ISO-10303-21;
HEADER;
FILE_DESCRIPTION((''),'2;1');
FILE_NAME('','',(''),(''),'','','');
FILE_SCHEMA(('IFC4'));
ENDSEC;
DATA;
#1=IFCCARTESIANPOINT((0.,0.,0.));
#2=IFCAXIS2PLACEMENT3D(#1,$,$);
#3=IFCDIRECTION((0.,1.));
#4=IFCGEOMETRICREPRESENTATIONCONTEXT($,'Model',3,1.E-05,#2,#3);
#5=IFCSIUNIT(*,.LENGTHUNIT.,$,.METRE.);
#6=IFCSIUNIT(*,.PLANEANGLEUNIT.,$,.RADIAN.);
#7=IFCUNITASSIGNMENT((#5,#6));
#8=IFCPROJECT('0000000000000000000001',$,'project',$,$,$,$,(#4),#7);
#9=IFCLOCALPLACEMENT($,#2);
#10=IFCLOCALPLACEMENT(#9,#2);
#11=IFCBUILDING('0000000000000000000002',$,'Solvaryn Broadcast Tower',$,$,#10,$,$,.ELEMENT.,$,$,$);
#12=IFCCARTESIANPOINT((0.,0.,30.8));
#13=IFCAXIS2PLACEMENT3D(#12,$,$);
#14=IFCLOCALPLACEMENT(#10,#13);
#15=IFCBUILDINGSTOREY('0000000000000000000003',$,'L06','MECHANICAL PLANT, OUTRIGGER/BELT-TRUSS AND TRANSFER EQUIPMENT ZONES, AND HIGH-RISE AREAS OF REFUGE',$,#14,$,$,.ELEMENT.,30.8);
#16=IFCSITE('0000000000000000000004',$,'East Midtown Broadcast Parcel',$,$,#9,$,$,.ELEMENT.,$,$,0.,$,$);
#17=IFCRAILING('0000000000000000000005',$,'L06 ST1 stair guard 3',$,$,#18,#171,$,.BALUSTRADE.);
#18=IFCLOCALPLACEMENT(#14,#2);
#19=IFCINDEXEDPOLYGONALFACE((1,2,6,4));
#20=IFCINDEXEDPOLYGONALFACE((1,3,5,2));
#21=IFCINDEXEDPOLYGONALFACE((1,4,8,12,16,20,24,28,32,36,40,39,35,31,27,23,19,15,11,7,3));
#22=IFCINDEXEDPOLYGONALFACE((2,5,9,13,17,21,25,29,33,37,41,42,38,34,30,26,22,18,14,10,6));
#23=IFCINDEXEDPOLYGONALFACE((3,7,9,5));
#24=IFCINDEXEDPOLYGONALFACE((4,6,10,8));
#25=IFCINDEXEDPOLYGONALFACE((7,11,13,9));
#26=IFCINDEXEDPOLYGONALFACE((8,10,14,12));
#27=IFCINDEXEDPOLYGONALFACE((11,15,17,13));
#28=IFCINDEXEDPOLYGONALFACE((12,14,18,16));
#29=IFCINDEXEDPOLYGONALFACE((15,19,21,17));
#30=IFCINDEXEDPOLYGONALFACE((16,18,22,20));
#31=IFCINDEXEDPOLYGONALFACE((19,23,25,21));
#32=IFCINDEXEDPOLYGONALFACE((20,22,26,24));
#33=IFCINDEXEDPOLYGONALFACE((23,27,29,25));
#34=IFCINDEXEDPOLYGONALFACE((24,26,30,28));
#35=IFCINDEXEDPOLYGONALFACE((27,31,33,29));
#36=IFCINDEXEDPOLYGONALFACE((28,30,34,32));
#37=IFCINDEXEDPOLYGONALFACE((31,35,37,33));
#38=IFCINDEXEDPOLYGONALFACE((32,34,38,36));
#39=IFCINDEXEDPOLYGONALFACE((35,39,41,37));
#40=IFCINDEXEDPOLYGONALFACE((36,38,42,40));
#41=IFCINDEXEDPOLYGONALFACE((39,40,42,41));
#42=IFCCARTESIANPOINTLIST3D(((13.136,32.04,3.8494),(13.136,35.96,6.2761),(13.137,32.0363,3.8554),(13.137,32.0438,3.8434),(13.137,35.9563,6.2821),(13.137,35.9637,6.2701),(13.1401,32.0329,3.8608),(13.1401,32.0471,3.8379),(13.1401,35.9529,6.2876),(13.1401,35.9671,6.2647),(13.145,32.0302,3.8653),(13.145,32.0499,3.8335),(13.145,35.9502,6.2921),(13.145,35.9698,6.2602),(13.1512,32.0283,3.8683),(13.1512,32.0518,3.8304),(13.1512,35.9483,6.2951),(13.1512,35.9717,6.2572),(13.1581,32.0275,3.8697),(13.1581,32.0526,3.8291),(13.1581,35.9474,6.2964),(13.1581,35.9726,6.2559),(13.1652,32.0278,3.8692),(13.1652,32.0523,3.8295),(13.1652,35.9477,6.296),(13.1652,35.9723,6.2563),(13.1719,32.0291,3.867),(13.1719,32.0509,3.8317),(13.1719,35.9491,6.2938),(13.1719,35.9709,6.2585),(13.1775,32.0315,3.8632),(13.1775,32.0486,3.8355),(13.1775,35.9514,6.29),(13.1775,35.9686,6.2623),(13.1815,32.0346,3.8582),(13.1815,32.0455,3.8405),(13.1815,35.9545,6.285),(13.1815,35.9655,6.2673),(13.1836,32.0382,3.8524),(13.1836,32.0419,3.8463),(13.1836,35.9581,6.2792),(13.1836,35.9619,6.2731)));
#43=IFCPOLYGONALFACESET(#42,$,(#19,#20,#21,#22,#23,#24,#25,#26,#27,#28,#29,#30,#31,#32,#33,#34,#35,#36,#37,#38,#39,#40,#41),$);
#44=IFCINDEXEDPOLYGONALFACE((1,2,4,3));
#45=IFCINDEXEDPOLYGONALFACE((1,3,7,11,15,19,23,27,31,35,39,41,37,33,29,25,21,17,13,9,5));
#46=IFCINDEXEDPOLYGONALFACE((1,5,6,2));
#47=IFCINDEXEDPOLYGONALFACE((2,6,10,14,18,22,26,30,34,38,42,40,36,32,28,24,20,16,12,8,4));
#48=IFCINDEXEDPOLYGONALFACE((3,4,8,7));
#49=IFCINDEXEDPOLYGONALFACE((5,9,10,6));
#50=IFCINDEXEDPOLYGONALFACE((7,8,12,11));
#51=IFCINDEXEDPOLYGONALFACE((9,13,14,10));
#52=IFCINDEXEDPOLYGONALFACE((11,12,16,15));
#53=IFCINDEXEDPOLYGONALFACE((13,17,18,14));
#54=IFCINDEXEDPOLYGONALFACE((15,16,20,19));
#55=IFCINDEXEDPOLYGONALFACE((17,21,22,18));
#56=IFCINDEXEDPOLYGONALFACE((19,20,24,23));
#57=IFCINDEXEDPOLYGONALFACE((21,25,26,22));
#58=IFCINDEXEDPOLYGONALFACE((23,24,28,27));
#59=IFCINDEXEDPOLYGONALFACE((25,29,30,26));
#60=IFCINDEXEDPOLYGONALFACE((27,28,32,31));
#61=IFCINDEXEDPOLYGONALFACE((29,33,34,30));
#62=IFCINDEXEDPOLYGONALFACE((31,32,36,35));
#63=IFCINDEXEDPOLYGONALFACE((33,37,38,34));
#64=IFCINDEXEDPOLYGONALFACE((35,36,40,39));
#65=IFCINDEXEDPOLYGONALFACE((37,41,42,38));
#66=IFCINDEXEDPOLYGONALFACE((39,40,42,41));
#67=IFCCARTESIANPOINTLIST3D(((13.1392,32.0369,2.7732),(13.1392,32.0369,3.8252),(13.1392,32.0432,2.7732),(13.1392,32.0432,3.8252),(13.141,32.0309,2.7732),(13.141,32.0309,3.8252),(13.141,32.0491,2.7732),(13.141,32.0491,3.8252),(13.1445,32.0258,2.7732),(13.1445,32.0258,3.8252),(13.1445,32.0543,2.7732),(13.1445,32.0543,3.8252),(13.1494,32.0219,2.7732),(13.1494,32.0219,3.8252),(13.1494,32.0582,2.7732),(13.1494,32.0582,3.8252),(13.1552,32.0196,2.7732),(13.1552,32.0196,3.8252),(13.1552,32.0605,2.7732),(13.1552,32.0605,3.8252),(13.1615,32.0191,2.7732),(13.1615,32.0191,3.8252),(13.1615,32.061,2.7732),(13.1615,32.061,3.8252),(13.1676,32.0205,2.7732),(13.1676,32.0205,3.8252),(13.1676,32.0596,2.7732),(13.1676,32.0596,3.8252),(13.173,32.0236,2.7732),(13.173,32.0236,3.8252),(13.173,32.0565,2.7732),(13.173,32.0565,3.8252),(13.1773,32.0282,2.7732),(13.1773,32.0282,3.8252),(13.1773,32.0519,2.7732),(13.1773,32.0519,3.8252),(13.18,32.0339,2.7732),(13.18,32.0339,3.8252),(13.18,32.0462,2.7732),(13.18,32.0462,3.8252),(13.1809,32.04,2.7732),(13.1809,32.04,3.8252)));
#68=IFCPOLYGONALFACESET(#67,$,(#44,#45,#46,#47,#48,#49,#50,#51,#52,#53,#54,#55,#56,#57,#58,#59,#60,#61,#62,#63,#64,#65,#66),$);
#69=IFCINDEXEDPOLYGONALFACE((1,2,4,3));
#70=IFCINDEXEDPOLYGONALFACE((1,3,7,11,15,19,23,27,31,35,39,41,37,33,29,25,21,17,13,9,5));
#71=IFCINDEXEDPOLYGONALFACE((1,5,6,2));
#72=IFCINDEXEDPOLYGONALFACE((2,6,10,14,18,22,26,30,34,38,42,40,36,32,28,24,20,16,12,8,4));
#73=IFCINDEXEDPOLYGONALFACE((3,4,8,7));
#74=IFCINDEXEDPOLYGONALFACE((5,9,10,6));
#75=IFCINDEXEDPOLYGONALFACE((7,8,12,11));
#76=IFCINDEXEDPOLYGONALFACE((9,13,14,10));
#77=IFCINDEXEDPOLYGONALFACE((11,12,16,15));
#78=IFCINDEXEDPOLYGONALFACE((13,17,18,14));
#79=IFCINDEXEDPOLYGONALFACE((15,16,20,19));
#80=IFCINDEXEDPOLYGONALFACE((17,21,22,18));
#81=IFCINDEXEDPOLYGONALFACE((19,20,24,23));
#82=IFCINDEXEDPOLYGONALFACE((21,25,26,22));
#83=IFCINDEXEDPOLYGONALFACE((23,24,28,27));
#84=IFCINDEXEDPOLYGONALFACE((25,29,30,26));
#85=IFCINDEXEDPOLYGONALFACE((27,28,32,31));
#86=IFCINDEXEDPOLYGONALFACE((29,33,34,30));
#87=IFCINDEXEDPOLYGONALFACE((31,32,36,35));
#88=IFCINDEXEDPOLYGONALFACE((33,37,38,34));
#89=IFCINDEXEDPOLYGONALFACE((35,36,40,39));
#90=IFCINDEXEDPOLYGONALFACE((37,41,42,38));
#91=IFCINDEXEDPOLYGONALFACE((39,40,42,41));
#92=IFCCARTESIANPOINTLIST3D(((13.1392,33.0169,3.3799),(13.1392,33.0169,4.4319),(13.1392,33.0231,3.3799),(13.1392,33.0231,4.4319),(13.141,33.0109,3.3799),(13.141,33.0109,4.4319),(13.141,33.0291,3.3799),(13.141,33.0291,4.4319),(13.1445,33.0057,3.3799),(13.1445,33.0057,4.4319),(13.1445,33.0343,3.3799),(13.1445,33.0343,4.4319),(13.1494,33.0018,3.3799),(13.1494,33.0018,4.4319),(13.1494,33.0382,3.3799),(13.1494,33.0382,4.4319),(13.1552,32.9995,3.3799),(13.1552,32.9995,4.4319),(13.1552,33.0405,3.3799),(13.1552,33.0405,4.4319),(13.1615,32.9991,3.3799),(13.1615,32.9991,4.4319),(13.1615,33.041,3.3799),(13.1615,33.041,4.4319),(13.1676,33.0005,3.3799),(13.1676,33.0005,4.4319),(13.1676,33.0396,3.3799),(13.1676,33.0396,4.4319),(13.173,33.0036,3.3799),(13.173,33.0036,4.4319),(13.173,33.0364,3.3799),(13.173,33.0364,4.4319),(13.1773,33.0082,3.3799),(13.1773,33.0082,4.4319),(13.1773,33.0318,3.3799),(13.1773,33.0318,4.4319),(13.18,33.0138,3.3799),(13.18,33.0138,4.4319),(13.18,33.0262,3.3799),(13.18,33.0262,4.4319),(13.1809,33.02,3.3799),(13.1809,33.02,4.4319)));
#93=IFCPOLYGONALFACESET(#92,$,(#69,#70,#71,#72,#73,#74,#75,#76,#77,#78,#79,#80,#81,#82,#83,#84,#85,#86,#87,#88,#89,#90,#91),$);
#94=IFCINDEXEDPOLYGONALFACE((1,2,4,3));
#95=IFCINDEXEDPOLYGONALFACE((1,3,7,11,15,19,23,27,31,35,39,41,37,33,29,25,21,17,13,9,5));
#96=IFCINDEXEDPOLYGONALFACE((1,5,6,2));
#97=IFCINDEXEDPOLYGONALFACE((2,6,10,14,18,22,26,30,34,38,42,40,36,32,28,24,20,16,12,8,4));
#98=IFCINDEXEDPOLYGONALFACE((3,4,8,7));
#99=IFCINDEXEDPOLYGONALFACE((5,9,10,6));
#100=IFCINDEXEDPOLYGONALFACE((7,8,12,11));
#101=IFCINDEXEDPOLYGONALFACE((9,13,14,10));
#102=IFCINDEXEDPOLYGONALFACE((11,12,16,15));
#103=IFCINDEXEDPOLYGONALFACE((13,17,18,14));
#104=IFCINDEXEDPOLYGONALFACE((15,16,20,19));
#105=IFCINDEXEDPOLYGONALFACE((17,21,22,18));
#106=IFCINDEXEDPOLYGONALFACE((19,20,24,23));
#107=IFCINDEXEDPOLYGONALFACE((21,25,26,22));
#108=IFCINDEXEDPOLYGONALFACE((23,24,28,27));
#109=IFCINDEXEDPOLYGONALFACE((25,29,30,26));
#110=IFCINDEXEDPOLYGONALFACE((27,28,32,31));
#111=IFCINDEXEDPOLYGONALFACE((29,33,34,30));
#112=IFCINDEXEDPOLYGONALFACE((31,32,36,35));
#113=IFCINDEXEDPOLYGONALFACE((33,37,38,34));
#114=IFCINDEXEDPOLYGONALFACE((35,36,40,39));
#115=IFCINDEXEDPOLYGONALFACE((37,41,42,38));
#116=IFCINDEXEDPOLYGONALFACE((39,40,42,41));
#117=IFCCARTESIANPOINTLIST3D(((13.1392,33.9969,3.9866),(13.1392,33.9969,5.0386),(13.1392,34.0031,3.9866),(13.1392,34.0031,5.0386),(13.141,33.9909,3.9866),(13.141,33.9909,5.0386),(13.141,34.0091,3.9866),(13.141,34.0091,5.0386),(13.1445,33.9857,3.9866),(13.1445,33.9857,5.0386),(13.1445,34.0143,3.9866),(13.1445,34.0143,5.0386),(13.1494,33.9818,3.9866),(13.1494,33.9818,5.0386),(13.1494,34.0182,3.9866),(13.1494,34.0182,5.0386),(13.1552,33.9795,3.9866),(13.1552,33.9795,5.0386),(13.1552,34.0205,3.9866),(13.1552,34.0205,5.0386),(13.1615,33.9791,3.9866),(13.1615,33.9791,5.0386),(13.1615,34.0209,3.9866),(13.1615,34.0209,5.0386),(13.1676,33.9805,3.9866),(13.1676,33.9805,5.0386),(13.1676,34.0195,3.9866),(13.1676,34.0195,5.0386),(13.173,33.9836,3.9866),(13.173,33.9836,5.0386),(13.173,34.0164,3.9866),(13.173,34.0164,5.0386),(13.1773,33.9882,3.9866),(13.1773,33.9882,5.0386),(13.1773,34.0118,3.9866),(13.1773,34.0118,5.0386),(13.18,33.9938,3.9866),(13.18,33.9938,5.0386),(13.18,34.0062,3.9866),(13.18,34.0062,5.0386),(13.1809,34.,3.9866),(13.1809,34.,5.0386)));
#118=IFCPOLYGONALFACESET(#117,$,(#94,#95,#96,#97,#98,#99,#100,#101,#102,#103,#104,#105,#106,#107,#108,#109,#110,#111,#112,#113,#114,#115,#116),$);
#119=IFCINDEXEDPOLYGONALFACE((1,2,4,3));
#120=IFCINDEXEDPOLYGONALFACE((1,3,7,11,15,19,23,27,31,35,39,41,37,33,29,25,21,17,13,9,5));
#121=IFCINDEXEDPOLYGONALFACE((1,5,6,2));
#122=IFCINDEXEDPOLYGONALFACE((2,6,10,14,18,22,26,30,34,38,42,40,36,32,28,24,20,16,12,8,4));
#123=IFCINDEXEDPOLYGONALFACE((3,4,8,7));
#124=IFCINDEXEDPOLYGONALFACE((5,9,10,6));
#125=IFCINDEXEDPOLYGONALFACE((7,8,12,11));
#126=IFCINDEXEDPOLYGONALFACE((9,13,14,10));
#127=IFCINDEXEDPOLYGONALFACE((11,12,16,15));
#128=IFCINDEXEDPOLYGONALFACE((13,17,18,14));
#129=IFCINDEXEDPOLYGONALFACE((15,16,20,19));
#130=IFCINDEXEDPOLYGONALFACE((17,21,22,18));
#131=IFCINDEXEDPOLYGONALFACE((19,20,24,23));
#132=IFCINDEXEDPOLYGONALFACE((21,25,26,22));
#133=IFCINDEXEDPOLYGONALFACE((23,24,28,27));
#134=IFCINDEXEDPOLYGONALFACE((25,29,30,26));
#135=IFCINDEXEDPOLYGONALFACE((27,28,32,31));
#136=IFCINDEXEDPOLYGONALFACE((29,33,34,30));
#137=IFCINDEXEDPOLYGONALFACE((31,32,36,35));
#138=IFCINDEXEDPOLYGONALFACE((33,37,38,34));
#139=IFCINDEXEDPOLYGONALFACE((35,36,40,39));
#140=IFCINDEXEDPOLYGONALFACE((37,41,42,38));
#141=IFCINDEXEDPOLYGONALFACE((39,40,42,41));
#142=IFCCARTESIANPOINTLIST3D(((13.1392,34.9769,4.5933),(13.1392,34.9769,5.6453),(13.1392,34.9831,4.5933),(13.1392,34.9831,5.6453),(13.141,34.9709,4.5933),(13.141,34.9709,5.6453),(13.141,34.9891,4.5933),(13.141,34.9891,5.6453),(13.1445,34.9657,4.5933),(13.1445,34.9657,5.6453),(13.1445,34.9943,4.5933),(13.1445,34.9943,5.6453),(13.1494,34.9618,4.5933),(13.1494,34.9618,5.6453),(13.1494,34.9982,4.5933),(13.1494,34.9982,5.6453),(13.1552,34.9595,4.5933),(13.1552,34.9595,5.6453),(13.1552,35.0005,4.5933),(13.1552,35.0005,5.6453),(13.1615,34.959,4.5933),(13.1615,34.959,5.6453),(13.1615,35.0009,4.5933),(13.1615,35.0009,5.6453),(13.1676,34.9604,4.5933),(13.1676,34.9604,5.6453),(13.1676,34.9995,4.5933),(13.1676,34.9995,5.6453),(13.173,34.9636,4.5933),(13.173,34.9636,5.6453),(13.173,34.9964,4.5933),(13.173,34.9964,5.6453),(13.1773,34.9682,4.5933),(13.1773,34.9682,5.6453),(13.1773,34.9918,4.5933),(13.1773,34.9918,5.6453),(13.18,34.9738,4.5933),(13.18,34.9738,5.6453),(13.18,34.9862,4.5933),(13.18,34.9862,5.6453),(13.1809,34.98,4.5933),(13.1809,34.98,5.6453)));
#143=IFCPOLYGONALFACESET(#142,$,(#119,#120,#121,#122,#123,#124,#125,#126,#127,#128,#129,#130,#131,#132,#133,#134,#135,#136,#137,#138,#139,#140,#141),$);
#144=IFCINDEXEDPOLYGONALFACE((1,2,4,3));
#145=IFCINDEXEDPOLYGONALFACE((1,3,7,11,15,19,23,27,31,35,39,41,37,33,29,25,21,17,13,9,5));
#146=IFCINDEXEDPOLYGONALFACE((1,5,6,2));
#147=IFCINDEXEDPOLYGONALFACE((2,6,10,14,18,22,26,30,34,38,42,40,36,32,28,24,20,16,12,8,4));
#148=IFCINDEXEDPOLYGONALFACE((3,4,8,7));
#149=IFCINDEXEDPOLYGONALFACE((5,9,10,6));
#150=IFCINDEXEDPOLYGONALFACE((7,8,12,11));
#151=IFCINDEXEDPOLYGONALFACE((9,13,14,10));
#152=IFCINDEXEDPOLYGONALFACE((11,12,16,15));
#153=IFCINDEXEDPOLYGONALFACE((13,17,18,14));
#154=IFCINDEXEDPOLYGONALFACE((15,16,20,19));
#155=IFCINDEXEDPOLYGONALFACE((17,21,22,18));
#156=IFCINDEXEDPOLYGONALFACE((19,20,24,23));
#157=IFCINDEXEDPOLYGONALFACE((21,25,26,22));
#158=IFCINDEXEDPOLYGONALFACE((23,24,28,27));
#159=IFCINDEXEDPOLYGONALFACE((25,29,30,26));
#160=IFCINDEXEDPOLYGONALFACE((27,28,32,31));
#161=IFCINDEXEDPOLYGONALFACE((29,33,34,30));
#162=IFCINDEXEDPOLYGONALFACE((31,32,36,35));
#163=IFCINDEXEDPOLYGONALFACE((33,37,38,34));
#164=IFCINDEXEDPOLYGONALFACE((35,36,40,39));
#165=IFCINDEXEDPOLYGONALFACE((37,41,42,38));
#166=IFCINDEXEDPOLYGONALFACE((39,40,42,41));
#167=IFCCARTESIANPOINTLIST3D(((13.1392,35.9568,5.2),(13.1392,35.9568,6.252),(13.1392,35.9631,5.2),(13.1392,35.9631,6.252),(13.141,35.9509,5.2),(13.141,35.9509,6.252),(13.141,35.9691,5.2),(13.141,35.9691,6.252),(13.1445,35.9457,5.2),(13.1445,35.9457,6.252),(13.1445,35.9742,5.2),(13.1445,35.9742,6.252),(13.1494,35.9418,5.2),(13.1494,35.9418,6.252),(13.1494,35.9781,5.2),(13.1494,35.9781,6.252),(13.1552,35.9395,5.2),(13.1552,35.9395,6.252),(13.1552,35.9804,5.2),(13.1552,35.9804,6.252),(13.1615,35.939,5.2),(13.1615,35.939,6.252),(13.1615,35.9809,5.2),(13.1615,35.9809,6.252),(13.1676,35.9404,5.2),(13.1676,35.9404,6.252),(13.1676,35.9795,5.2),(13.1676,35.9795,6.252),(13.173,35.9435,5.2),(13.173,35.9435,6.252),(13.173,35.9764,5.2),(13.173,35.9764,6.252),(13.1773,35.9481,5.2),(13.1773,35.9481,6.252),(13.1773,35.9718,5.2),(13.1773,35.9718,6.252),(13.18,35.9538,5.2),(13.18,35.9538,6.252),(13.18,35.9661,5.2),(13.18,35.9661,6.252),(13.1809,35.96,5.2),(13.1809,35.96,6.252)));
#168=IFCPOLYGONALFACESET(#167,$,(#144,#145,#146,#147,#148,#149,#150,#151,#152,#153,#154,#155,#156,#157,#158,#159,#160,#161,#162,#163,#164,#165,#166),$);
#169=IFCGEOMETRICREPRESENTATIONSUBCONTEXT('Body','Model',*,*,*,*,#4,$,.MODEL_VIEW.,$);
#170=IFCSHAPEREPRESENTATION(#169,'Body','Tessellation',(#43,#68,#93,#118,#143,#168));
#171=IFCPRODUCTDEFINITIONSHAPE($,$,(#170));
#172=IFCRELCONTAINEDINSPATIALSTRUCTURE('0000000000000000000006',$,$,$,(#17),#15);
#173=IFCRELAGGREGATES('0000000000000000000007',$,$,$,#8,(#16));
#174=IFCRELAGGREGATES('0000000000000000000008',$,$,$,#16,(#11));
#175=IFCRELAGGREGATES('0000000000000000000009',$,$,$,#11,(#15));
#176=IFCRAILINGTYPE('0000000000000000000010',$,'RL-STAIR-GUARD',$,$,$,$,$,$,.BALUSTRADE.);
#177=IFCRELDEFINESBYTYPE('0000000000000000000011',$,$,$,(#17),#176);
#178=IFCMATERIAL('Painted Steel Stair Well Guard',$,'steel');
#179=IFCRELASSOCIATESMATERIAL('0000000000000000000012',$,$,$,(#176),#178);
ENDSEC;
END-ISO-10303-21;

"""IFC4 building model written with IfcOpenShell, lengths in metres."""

from ifc_helpers import new_model, si_unit, direction, frame, origin, origin_2d, place, context, subcontext, project, spatial, circle, extrude, material, type_object, element, save


model = new_model("IFC4")

# Units and contexts
model_context = context("Model", 3, precision=1e-05, world=origin(), true_north=direction((0.0, 1.0)))
body_context = subcontext(model_context, "Body", "Model", "MODEL_VIEW")
ifc_project = project(units=[si_unit("LENGTHUNIT", "METRE"), si_unit("PLANEANGLEUNIT", "RADIAN")], contexts=[model_context])

# Site, building, storey
site_placement = place(None, origin())
site = spatial("IfcSite", under=ifc_project, at=site_placement, Name="East Midtown Broadcast Parcel", CompositionType="ELEMENT", RefElevation=0.0)
building_placement = place(site_placement, origin())
building = spatial("IfcBuilding", under=site, at=building_placement, Name="Solvaryn Broadcast Tower", CompositionType="ELEMENT")
storey_placement = place(building_placement, frame((0.0, 0.0, 30.8)))
storey = spatial("IfcBuildingStorey", under=building, at=storey_placement, Name="L06", Description="MECHANICAL PLANT, OUTRIGGER/BELT-TRUSS AND TRANSFER EQUIPMENT ZONES, AND HIGH-RISE AREAS OF REFUGE", CompositionType="ELEMENT", Elevation=30.8)

# Railing
ifc_material_1 = material(Name="Painted Steel Stair Well Guard", Category="steel")
railing_type_1 = type_object("IfcRailingType", Name="RL-STAIR-GUARD", PredefinedType="BALUSTRADE", material=ifc_material_1)
railing_1_placement = place(storey_placement, frame((13.1599, 32.04, 2.7732)))
element("IfcRailing", 1, at=railing_1_placement, inside=storey, type_object=railing_type_1, Name="L06 ST1 stair guard 3", PredefinedType="BALUSTRADE", context=body_context, shape_type="SweptSolid", body=[
    extrude(circle(Radius=0.0239, at=origin_2d()), frame((0.0, 0.0, 1.0762), z_axis=(0.0, 0.850252, 0.526376), x_axis=(-1.0, 0.0, 0.0)), (0.0, 0.0, 1.0), 4.6104),
    extrude(circle(Radius=0.021, at=origin_2d()), origin(), (0.0, 0.0, 1.0), 1.052),
    extrude(circle(Radius=0.021, at=origin_2d()), frame((0.0, 0.98, 0.6067)), (0.0, 0.0, 1.0), 1.052),
    extrude(circle(Radius=0.021, at=origin_2d()), frame((0.0, 1.96, 1.2134)), (0.0, 0.0, 1.0), 1.052),
    extrude(circle(Radius=0.021, at=origin_2d()), frame((0.0, 2.9399, 1.8201)), (0.0, 0.0, 1.0), 1.052),
    extrude(circle(Radius=0.021, at=origin_2d()), frame((0.0, 3.9199, 2.4268)), (0.0, 0.0, 1.0), 1.052),
])

save(model, "model.ifc")
